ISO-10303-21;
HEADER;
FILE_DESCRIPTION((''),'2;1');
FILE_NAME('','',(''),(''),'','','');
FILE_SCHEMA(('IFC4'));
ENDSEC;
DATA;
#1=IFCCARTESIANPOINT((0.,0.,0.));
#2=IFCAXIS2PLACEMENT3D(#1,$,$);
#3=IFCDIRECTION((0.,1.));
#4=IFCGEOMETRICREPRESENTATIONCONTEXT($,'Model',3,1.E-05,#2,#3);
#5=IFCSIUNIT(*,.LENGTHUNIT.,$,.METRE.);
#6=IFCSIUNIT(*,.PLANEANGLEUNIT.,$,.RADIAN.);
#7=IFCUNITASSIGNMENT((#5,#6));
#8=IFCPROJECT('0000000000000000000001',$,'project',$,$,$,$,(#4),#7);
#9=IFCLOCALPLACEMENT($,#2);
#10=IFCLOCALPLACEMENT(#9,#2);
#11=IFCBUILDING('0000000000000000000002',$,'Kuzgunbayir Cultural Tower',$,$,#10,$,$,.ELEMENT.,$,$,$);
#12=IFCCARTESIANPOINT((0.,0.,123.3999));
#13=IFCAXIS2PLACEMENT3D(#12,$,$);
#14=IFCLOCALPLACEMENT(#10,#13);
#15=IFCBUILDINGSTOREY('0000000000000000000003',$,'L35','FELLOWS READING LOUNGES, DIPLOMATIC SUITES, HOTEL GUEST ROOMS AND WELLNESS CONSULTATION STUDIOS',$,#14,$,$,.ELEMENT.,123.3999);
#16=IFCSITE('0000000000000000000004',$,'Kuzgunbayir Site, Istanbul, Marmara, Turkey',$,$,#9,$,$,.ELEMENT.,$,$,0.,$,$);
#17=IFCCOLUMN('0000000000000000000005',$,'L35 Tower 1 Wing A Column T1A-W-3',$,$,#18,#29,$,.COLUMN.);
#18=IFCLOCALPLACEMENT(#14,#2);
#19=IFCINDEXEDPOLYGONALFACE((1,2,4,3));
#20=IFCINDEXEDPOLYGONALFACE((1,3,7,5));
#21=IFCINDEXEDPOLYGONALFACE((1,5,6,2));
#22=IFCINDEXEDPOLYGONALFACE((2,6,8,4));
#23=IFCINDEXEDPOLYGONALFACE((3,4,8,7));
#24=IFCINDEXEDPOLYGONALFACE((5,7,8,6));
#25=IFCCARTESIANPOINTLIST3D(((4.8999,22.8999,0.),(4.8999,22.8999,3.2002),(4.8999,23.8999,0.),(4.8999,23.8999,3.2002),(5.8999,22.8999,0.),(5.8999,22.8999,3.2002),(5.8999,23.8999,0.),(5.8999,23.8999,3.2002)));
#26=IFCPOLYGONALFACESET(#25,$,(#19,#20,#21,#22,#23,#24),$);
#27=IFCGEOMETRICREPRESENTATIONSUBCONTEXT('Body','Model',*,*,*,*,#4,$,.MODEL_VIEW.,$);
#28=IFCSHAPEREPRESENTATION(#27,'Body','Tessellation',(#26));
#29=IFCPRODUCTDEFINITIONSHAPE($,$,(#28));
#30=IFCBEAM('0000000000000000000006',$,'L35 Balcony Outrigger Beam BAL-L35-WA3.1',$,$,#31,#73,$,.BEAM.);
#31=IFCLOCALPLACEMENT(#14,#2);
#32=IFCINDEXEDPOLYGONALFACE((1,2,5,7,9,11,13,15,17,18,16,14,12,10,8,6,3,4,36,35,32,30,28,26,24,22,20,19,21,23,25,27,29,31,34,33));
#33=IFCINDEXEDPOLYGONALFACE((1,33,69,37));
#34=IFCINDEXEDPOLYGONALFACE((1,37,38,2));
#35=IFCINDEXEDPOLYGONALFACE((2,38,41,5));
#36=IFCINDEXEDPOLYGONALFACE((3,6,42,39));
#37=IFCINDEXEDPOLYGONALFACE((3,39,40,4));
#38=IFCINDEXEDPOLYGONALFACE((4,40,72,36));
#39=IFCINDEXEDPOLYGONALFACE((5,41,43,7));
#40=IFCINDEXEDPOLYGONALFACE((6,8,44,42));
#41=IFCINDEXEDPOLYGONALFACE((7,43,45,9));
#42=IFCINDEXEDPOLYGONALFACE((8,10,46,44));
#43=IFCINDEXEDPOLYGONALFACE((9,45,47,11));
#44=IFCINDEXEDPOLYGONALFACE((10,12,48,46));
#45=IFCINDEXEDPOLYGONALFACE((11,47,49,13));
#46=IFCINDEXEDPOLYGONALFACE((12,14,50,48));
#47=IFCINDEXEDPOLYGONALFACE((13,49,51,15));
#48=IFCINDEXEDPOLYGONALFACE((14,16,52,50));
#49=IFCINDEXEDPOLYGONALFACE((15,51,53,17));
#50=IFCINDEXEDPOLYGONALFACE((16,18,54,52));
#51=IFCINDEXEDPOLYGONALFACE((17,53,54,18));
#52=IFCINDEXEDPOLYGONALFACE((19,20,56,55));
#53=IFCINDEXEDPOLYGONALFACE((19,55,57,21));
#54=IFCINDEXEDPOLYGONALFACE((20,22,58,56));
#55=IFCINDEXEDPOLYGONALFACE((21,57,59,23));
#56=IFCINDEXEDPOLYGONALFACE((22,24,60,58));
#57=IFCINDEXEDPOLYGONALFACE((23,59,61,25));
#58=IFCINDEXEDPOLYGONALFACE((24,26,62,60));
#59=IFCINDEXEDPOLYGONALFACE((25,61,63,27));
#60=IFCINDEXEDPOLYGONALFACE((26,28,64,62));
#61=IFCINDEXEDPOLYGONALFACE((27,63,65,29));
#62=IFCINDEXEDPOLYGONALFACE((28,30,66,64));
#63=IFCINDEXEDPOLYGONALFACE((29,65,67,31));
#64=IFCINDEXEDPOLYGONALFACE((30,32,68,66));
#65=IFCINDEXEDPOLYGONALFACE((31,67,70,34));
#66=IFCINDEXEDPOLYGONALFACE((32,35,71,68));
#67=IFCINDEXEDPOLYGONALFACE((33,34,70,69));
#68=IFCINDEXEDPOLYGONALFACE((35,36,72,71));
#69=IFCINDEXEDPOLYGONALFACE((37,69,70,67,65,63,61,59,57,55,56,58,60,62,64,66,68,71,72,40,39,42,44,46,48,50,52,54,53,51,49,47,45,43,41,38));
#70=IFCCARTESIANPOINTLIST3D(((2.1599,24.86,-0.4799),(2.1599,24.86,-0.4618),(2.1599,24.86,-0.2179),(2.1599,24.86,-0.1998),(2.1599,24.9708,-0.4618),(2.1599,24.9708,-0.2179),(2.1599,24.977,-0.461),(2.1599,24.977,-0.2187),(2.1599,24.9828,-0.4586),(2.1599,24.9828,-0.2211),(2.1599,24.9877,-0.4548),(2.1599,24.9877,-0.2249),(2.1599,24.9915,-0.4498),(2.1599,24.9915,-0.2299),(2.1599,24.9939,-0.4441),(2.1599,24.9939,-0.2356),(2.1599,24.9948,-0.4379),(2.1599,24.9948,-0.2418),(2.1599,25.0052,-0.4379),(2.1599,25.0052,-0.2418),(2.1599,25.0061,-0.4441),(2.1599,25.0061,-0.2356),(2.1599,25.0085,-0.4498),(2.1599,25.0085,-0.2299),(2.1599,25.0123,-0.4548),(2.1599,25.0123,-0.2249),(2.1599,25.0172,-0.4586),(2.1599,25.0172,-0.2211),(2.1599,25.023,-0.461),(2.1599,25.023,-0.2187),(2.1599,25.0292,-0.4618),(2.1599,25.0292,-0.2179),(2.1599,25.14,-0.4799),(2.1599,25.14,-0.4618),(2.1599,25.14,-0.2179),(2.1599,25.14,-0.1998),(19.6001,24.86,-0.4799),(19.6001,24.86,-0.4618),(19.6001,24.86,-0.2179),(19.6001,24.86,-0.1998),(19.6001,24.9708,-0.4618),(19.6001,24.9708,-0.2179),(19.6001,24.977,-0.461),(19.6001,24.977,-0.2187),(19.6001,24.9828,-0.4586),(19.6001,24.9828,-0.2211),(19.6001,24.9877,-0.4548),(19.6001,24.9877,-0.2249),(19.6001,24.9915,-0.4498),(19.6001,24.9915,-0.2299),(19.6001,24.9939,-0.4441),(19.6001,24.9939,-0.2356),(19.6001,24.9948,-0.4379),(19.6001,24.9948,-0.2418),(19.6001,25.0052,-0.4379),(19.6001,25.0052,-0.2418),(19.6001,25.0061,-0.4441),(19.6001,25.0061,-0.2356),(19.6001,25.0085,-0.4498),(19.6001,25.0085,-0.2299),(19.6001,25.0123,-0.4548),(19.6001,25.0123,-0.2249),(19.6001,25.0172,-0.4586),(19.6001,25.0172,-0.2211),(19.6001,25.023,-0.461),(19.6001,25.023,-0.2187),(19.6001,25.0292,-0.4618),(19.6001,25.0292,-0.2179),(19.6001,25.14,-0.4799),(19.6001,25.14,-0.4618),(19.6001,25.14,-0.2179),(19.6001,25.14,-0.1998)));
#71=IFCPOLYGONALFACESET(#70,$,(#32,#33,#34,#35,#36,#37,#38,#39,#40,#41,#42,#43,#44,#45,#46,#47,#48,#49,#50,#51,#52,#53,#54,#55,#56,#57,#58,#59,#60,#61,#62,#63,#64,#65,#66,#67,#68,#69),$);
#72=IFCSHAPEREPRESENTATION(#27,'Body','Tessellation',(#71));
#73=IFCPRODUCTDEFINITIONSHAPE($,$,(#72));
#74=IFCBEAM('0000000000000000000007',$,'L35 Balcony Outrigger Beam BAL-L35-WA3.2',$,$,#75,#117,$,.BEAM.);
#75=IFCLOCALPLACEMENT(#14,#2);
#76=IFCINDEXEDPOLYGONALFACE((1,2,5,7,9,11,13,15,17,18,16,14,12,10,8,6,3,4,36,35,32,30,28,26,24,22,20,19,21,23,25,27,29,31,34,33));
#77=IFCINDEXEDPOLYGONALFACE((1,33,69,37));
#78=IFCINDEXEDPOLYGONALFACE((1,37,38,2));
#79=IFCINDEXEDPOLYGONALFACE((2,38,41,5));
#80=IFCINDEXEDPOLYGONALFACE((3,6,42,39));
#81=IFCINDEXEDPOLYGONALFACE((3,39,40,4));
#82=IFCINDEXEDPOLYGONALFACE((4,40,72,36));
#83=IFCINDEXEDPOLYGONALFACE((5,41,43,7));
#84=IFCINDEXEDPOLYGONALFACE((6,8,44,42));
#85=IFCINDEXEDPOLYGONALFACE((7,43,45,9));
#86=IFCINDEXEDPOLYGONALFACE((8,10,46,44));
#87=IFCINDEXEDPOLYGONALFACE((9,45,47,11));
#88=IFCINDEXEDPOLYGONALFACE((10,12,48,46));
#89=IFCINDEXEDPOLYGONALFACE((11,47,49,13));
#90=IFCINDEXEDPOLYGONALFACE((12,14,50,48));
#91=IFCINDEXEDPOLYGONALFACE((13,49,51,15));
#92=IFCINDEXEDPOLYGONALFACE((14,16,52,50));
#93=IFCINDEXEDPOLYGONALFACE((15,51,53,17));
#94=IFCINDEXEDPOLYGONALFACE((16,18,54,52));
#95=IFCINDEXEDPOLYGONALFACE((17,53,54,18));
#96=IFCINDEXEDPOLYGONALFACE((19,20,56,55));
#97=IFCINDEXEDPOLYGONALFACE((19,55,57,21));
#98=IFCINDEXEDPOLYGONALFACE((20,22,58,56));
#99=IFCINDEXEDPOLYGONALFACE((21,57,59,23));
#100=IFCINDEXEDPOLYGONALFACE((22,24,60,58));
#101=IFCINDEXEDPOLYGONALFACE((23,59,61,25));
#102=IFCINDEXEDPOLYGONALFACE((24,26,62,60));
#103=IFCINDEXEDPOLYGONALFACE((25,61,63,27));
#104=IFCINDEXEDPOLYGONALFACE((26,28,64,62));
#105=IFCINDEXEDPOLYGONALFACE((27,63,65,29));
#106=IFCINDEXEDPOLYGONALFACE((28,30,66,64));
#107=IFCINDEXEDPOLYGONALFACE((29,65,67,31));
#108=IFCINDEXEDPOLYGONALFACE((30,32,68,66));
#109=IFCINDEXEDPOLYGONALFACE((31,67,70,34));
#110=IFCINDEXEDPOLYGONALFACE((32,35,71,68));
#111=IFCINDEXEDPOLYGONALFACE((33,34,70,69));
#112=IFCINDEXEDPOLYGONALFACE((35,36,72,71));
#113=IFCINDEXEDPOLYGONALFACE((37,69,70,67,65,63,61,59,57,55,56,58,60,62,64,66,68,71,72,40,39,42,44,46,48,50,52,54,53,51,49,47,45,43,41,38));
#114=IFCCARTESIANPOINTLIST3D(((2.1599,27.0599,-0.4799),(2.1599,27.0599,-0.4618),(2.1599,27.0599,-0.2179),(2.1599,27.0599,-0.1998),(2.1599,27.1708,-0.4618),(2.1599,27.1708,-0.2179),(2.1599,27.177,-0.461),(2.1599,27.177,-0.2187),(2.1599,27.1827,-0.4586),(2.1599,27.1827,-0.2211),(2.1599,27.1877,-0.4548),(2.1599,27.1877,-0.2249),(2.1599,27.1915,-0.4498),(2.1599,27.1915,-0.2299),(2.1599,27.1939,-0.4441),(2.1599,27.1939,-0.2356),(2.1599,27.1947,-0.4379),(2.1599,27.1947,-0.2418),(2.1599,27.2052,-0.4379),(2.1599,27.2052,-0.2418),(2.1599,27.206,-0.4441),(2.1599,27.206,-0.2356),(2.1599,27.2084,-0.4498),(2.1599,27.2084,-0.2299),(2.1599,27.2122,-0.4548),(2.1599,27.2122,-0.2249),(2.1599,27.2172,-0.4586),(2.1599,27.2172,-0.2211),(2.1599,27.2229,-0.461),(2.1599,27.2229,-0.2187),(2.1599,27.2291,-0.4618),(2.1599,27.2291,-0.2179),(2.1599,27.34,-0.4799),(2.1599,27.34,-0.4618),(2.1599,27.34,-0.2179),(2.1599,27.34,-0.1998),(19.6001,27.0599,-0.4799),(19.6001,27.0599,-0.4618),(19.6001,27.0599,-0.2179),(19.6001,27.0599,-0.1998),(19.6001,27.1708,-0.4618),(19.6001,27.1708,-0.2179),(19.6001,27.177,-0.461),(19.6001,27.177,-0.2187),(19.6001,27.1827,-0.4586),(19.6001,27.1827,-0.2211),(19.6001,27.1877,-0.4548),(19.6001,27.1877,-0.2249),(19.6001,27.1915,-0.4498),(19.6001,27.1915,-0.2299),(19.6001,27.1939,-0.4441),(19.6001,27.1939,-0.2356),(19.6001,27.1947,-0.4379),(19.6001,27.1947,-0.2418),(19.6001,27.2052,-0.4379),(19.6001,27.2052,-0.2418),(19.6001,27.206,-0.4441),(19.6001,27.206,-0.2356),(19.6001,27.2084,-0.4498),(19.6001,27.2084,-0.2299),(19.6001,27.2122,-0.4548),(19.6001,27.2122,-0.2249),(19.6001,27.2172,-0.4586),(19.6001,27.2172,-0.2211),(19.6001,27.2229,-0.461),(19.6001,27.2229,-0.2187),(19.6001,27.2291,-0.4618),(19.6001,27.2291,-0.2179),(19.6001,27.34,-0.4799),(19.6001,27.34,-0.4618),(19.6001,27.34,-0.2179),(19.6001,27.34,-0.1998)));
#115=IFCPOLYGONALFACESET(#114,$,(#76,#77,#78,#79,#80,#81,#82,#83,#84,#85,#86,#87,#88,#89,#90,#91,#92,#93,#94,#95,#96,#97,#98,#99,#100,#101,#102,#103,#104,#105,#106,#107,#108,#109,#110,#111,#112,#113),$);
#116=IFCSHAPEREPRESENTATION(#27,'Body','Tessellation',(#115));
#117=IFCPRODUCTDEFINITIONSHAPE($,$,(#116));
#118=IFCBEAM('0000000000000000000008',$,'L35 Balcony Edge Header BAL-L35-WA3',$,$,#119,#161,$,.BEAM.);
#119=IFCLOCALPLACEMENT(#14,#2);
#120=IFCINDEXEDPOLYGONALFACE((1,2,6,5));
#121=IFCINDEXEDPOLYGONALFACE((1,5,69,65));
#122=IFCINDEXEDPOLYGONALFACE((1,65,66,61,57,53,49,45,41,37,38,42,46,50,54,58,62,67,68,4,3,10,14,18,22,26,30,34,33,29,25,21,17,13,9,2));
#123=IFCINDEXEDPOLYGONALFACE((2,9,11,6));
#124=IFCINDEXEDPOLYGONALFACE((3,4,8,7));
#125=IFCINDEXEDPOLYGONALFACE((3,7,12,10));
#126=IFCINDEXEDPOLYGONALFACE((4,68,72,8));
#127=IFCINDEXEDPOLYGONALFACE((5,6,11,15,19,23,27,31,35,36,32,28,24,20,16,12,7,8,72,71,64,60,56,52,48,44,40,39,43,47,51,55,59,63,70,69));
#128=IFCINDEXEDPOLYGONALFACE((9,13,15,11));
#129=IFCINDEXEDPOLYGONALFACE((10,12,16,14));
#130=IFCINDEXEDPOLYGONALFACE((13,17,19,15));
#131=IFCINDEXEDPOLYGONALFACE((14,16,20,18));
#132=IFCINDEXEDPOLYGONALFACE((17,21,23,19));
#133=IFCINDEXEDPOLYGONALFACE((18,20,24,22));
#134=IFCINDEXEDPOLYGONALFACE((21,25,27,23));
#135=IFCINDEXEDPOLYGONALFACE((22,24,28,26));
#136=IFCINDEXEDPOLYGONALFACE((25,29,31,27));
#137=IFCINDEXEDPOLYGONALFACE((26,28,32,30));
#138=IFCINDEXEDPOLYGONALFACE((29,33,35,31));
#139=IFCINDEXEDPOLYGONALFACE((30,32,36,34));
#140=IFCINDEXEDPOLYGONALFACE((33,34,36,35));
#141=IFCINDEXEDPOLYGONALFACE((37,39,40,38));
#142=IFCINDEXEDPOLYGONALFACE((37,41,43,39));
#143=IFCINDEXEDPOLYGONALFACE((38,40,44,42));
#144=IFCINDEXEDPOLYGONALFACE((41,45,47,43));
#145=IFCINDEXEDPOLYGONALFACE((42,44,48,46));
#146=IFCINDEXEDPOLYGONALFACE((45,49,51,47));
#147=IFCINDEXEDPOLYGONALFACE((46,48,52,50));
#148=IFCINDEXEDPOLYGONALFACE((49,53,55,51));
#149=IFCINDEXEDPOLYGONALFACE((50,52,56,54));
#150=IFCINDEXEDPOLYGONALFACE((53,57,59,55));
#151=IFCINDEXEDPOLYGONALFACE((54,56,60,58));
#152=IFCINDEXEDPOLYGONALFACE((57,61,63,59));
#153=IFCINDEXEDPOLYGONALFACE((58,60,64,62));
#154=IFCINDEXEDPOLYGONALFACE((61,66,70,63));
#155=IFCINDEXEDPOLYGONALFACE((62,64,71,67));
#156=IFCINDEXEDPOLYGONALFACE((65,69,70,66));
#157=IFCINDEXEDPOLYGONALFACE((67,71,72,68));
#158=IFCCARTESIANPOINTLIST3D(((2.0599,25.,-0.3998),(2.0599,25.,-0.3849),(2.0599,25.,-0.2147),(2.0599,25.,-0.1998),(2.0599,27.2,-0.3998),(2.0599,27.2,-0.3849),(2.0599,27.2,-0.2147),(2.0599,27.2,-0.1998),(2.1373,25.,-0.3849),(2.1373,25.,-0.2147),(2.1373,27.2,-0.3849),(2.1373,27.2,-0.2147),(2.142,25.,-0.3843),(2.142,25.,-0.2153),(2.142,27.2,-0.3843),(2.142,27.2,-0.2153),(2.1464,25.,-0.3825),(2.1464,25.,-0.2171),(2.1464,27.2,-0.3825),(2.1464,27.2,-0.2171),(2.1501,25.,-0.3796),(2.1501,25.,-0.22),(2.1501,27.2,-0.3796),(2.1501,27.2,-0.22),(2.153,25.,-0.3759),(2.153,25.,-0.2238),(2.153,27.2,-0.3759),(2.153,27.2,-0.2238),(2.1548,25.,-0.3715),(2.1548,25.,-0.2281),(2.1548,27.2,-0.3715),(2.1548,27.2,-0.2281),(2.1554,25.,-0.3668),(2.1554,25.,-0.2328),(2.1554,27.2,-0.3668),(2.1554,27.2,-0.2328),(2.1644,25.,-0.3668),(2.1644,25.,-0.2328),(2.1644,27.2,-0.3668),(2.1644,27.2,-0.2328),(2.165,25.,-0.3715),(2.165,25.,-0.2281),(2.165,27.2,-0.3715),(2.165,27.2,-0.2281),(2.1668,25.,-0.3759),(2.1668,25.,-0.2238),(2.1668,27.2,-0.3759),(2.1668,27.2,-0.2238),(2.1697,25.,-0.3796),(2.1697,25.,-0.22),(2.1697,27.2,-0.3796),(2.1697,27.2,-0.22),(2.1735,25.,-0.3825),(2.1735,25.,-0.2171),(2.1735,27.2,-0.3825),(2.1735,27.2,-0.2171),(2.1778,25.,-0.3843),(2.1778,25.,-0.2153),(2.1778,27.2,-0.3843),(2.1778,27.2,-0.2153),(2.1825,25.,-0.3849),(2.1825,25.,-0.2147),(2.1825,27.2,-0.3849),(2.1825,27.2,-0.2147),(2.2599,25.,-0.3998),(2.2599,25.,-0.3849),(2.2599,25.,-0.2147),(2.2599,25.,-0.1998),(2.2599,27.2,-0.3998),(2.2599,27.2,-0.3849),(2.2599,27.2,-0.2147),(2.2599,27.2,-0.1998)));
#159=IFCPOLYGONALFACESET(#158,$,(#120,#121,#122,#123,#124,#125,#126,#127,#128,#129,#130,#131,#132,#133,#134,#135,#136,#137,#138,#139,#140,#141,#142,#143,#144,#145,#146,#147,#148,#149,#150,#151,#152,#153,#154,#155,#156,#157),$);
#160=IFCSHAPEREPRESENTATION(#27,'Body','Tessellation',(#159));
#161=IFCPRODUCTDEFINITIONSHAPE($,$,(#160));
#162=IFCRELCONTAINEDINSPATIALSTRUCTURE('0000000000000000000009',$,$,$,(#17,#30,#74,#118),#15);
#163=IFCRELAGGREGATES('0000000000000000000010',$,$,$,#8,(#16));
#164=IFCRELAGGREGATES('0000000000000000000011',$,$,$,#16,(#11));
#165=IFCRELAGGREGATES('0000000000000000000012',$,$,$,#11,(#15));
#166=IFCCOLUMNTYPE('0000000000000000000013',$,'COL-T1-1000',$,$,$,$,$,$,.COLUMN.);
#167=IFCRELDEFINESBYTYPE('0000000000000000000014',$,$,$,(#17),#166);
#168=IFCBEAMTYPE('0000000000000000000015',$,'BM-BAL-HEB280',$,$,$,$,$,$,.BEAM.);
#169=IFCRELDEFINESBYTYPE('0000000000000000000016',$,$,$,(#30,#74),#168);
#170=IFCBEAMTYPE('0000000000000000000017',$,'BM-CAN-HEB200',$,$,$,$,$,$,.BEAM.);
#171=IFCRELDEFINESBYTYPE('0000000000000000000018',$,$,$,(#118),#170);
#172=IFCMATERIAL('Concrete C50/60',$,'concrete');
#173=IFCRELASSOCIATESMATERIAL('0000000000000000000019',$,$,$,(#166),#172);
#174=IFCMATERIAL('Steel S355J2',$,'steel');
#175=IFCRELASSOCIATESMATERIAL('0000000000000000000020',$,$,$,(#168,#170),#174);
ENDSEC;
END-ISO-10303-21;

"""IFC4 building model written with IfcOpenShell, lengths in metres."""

from ifc_helpers import new_model, si_unit, direction, frame, origin, origin_2d, place, context, subcontext, project, spatial, rectangle, i_section, extrude, material, material_profile, profile_set, type_object, element, save


model = new_model("IFC4")

# Units and contexts
model_context = context("Model", 3, precision=1e-05, world=origin(), true_north=direction((0.0, 1.0)))
body_context = subcontext(model_context, "Body", "Model", "MODEL_VIEW")
ifc_project = project(units=[si_unit("LENGTHUNIT", "METRE"), si_unit("PLANEANGLEUNIT", "RADIAN")], contexts=[model_context])

# Site, building, storey
site_placement = place(None, origin())
site = spatial("IfcSite", under=ifc_project, at=site_placement, Name="Kuzgunbayir Site, Istanbul, Marmara, Turkey", CompositionType="ELEMENT", RefElevation=0.0)
building_placement = place(site_placement, origin())
building = spatial("IfcBuilding", under=site, at=building_placement, Name="Kuzgunbayir Cultural Tower", CompositionType="ELEMENT")
storey_placement = place(building_placement, frame((0.0, 0.0, 123.3999)))
storey = spatial("IfcBuildingStorey", under=building, at=storey_placement, Name="L35", Description="FELLOWS READING LOUNGES, DIPLOMATIC SUITES, HOTEL GUEST ROOMS AND WELLNESS CONSULTATION STUDIOS", CompositionType="ELEMENT", Elevation=123.3999)

# Column
ifc_material_1 = material(Name="Concrete C50/60", Category="concrete")
ifc_material_profile_1 = material_profile(ifc_material_1, rectangle(XDim=1.0, YDim=1.0, at=origin_2d()), Name="RC 1000x1000")
ifc_profile_set_1 = profile_set([ifc_material_profile_1], Name="Concrete C50/60")
column_type = type_object("IfcColumnType", Name="COL-T1-1000", PredefinedType="COLUMN", material=ifc_profile_set_1)
column_placement = place(storey_placement, frame((5.3999, 23.3999, 0.0), z_axis=(0.0, 0.0, 1.0), x_axis=(1.0, 0.0, 0.0)))
element("IfcColumn", 1, at=column_placement, inside=storey, type_object=column_type, Name="L35 Tower 1 Wing A Column T1A-W-3", PredefinedType="COLUMN", context=body_context, shape_type="SweptSolid", body=[
    extrude(rectangle(XDim=1.0, YDim=1.0, at=origin_2d()), origin(), (0.0, 0.0, 1.0), 3.2002),
])

# Beams
ifc_material_2 = material(Name="Steel S355J2", Category="steel")
ifc_material_profile_2 = material_profile(ifc_material_2, i_section(OverallWidth=0.28, OverallDepth=0.28, WebThickness=0.0105, FlangeThickness=0.0181, FilletRadius=0.0239, at=origin_2d()), Name="HEB 280")
ifc_profile_set_2 = profile_set([ifc_material_profile_2], Name="Steel S355J2")
beam_type_1 = type_object("IfcBeamType", Name="BM-BAL-HEB280", PredefinedType="BEAM", material=ifc_profile_set_2)
for number, where, z_axis, x_axis, name in (
    (2, (2.1599, 25.0, -0.3398), (1.0, 0.0, 0.0), (0.0, 1.0, 0.0), "L35 Balcony Outrigger Beam BAL-L35-WA3.1"),
    (3, (2.1599, 27.2, -0.3398), (1.0, 0.0, 0.0), (0.0, 1.0, 0.0), "L35 Balcony Outrigger Beam BAL-L35-WA3.2"),
):
    element("IfcBeam", number, at=place(storey_placement, frame(where, z_axis=z_axis, x_axis=x_axis)), inside=storey, type_object=beam_type_1, Name=name, PredefinedType="BEAM", context=body_context, shape_type="SweptSolid", body=[
        extrude(i_section(OverallWidth=0.28, OverallDepth=0.28, WebThickness=0.0105, FlangeThickness=0.0181, FilletRadius=0.0239, at=origin_2d()), origin(), (0.0, 0.0, 1.0), 17.4402),
    ])
ifc_material_profile_3 = material_profile(ifc_material_2, i_section(OverallWidth=0.2, OverallDepth=0.2, WebThickness=0.009, FlangeThickness=0.0149, FilletRadius=0.0181, at=origin_2d()), Name="HEB 200")
ifc_profile_set_3 = profile_set([ifc_material_profile_3], Name="Steel S355J2")
beam_type_2 = type_object("IfcBeamType", Name="BM-CAN-HEB200", PredefinedType="BEAM", material=ifc_profile_set_3)
beam_1_placement = place(storey_placement, frame((2.1599, 25.0, -0.2998), z_axis=(0.0, 1.0, 0.0), x_axis=(-1.0, 0.0, 0.0)))
element("IfcBeam", 4, at=beam_1_placement, inside=storey, type_object=beam_type_2, Name="L35 Balcony Edge Header BAL-L35-WA3", PredefinedType="BEAM", context=body_context, shape_type="SweptSolid", body=[
    extrude(i_section(OverallWidth=0.2, OverallDepth=0.2, WebThickness=0.009, FlangeThickness=0.0149, FilletRadius=0.0181, at=origin_2d()), origin(), (0.0, 0.0, 1.0), 2.2),
])

save(model, "model.ifc")
